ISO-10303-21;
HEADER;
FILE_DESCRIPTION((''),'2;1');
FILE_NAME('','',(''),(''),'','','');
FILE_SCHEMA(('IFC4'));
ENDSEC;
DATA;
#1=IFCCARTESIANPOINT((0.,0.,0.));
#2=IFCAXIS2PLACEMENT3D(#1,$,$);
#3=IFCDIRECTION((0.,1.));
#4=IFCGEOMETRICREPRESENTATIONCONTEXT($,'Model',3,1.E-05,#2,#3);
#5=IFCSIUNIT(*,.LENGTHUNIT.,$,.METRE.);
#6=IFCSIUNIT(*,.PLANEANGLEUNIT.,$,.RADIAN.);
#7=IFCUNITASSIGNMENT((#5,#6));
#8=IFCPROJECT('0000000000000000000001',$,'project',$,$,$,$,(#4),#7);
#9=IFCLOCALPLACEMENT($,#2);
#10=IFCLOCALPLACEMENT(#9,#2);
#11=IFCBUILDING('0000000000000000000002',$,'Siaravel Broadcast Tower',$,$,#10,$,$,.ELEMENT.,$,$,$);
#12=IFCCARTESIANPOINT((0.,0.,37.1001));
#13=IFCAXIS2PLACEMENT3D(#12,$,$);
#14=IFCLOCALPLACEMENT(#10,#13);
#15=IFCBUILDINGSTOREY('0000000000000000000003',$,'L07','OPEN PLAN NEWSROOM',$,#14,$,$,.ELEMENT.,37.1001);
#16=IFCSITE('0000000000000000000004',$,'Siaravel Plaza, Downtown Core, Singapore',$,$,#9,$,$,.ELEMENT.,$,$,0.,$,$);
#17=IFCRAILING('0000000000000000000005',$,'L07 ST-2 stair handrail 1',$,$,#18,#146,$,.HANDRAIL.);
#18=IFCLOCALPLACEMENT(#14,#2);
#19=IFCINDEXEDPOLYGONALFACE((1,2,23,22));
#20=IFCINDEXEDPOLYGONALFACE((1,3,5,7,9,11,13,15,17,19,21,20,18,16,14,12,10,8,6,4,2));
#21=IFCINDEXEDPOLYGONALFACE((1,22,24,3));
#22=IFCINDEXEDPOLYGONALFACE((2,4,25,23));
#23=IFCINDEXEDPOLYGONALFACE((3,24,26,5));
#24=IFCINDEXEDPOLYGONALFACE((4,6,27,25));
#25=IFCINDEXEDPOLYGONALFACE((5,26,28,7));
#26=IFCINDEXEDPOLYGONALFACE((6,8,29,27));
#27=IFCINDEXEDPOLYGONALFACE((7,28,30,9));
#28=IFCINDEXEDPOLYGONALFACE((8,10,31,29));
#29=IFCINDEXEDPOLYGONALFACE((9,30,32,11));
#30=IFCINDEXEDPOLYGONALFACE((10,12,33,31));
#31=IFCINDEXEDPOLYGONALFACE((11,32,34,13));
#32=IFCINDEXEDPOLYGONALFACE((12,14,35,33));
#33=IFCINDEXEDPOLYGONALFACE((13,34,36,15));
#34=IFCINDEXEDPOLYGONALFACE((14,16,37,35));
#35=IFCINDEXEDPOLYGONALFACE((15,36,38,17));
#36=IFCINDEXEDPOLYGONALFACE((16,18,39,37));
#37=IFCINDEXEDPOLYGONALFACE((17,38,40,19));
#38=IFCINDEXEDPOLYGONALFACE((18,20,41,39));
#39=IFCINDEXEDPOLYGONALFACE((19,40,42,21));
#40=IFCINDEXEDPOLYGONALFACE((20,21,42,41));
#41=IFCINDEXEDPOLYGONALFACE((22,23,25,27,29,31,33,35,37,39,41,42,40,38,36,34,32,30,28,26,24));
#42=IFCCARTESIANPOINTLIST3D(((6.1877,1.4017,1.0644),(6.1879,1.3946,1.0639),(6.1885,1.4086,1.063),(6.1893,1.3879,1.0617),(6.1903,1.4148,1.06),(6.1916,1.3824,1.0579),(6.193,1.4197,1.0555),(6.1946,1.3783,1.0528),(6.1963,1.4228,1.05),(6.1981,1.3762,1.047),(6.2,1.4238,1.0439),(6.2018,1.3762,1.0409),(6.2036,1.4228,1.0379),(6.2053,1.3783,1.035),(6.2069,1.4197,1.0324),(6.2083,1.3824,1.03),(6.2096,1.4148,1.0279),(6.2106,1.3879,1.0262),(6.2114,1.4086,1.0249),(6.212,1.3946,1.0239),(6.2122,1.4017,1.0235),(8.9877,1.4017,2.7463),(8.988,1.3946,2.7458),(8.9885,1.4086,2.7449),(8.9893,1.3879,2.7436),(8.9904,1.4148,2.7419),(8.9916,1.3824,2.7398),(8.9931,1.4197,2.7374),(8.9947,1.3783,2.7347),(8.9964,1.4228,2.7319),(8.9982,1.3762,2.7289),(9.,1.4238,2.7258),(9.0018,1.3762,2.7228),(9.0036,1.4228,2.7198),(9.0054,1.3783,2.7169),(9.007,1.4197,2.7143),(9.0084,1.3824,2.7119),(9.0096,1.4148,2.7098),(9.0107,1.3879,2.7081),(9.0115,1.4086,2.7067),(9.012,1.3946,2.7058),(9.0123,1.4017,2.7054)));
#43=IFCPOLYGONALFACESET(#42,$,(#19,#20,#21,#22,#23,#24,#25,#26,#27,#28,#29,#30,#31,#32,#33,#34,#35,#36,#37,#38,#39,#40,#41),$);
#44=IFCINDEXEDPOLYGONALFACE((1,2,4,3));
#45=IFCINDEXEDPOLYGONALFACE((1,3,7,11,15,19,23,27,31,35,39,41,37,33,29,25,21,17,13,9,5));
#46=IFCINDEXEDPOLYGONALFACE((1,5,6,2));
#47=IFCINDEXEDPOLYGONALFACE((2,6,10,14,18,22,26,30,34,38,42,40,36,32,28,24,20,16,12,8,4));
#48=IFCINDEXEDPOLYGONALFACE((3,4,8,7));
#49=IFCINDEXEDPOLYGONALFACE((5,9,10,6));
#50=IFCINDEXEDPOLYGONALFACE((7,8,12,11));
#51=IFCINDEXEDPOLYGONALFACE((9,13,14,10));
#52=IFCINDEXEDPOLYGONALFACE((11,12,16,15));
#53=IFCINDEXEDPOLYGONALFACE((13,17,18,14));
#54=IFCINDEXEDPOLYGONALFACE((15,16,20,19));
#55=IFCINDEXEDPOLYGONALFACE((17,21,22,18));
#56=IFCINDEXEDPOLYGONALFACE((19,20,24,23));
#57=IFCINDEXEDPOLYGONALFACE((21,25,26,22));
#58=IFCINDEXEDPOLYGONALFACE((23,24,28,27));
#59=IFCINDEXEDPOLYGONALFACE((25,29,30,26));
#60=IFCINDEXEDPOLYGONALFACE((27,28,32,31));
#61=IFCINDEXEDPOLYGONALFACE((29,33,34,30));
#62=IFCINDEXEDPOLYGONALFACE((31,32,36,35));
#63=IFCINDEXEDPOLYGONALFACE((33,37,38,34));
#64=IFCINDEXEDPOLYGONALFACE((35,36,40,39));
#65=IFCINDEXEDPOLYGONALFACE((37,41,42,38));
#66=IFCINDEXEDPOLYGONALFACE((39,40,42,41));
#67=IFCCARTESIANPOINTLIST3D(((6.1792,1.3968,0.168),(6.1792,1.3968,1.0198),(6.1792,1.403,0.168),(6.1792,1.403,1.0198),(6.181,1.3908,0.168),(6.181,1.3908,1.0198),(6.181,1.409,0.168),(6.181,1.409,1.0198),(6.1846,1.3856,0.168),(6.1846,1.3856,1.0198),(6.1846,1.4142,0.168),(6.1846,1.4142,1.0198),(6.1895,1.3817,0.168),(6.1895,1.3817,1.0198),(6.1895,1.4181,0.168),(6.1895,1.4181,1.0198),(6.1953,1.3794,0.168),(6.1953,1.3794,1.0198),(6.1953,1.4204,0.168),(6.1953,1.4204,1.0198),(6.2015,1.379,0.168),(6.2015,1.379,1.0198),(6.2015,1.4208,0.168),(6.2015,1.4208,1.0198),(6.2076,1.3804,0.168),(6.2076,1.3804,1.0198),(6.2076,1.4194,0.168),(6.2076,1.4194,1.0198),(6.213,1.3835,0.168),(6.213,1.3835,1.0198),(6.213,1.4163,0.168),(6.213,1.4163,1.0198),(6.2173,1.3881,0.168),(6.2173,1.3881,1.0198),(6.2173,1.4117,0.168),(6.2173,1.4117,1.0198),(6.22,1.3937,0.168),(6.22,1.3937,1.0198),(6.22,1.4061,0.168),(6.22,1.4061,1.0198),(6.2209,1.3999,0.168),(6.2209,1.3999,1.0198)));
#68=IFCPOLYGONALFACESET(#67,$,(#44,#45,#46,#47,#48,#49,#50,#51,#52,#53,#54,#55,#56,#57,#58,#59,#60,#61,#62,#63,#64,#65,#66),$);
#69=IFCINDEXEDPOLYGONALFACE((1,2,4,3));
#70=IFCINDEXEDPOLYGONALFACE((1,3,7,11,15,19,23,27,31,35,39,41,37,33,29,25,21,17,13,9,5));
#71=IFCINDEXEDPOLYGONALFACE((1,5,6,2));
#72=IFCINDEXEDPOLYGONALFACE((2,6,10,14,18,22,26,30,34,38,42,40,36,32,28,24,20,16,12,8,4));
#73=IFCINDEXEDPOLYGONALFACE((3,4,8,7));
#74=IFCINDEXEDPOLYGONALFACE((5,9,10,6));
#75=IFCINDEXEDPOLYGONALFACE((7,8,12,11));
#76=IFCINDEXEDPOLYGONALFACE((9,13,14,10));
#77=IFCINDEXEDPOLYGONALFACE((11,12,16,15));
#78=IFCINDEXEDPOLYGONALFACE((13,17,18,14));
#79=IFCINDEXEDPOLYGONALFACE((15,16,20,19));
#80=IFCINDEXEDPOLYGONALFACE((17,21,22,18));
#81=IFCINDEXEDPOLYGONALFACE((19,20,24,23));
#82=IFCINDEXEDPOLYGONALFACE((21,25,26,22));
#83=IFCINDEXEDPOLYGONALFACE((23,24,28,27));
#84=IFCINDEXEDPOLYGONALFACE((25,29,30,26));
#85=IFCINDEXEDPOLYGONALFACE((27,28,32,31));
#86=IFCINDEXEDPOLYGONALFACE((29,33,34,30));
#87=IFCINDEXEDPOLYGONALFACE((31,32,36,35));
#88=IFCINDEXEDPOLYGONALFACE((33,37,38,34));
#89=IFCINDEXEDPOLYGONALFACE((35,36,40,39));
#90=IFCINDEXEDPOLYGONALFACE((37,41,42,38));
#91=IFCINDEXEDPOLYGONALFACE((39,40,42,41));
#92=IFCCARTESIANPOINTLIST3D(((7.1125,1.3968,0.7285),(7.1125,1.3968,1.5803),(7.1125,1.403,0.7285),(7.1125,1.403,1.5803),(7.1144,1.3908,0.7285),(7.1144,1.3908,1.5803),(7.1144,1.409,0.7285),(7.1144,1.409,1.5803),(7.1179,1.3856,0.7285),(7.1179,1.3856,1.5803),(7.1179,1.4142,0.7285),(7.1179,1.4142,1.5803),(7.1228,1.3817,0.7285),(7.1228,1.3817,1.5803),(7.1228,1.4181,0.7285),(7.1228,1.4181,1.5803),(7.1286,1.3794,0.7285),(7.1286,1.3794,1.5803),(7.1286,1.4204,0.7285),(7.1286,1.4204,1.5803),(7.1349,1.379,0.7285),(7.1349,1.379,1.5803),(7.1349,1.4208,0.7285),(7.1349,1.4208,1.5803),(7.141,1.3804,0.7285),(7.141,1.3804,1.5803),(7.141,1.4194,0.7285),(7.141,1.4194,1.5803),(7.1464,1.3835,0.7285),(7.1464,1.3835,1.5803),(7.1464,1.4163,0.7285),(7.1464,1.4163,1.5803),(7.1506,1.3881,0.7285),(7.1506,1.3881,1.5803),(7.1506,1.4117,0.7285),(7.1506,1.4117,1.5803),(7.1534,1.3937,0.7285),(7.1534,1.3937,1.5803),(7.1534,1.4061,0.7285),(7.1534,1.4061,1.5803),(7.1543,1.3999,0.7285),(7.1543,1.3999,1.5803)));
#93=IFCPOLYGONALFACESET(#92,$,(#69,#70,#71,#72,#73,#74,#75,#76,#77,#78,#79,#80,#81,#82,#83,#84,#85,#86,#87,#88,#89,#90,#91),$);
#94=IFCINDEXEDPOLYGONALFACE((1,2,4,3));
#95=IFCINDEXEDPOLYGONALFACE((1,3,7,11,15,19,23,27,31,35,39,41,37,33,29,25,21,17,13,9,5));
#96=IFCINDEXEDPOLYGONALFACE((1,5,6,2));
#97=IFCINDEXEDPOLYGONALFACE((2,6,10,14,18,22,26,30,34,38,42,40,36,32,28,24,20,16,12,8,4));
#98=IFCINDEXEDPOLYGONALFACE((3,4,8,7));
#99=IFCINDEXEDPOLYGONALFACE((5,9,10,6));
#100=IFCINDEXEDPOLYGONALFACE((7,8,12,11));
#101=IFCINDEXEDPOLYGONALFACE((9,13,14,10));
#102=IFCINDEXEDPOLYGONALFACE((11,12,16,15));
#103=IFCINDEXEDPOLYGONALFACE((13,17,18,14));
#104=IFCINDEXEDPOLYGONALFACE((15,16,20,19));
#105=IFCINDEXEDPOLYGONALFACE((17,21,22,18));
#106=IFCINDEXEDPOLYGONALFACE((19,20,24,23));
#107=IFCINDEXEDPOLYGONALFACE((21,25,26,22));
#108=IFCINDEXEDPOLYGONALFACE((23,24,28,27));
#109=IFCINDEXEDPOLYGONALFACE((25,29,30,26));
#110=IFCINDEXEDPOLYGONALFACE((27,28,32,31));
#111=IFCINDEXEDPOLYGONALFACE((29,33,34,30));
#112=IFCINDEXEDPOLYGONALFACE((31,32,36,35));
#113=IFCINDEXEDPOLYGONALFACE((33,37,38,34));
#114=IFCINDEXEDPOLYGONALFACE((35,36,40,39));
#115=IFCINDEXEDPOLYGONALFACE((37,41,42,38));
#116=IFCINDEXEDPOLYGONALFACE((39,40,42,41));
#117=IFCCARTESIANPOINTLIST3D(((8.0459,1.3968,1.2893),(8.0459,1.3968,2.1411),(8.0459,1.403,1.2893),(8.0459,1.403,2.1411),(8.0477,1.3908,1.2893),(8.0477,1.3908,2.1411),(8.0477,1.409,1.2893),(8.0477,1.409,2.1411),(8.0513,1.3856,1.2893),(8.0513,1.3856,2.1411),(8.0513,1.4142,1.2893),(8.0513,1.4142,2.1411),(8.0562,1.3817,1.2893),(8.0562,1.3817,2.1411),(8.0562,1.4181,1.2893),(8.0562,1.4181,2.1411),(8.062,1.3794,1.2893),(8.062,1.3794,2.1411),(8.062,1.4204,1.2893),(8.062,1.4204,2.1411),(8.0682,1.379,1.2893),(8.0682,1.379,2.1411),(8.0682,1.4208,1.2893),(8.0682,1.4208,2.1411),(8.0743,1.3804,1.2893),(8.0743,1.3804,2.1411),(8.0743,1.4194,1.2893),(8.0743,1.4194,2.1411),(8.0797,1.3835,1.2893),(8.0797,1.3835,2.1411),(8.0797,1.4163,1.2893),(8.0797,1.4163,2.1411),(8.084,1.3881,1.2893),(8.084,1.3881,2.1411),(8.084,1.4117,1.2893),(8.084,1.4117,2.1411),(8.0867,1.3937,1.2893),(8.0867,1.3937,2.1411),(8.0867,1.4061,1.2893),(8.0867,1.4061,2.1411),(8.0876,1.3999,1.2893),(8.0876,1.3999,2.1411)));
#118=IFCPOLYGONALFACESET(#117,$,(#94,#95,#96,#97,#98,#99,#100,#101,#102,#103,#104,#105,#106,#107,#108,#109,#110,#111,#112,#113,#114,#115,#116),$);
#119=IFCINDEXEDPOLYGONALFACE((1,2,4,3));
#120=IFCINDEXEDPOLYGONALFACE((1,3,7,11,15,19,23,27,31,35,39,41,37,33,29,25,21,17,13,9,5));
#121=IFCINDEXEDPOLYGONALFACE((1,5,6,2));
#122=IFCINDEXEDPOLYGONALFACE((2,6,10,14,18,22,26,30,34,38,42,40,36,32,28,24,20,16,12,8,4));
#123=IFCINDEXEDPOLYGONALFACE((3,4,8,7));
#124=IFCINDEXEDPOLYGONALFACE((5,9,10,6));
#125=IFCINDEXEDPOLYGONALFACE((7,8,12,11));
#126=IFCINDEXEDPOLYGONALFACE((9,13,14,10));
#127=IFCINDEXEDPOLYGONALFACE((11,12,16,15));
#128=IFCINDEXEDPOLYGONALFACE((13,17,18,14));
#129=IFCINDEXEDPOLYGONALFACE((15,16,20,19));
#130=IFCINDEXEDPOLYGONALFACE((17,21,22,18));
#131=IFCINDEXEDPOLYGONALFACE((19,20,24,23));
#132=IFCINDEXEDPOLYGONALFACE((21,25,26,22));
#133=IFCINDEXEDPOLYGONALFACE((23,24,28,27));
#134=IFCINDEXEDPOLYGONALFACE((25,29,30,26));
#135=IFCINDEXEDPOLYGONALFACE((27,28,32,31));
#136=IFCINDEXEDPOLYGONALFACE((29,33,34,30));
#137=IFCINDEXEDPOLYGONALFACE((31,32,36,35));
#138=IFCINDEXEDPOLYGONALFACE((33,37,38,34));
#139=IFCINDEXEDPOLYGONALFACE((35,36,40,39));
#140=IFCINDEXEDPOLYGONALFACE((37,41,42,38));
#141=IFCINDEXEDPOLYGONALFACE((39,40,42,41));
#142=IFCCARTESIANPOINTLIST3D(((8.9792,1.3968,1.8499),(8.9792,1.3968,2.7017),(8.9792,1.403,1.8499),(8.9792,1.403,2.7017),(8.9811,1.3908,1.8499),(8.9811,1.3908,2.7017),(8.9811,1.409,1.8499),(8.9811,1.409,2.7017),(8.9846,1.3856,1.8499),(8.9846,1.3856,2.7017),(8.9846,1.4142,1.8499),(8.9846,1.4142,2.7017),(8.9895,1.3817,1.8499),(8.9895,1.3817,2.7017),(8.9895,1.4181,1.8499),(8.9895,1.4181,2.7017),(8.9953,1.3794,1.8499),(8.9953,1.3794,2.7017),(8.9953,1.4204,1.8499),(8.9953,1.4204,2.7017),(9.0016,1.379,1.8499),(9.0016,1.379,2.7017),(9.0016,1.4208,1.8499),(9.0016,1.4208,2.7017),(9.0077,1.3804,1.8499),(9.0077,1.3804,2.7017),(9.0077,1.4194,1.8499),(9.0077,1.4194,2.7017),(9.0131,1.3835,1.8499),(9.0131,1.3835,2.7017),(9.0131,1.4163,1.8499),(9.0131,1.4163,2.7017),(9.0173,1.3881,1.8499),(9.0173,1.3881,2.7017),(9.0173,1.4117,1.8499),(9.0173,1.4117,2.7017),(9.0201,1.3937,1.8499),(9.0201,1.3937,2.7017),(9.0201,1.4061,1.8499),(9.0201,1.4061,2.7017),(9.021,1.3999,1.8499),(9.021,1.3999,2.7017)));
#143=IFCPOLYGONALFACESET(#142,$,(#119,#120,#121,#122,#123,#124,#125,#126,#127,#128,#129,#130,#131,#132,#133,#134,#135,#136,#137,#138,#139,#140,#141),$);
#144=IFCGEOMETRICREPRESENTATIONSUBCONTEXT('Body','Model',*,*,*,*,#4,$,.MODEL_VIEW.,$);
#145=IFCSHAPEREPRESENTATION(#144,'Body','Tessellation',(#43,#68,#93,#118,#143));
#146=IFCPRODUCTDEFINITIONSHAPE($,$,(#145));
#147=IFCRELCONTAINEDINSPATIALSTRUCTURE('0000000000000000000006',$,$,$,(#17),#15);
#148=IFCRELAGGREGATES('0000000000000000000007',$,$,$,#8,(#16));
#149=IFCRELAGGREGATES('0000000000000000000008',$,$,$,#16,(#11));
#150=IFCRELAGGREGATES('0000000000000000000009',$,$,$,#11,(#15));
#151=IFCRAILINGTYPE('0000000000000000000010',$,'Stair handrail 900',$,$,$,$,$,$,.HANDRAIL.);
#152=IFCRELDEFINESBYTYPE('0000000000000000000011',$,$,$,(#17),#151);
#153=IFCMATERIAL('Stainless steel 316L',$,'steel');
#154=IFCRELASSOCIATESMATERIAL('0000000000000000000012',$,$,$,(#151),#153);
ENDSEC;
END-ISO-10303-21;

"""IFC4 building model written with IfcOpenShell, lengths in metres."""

from ifc_helpers import new_model, si_unit, direction, frame, origin, origin_2d, place, context, subcontext, project, spatial, circle, extrude, material, type_object, element, save


model = new_model("IFC4")

# Units and contexts
model_context = context("Model", 3, precision=1e-05, world=origin(), true_north=direction((0.0, 1.0)))
body_context = subcontext(model_context, "Body", "Model", "MODEL_VIEW")
ifc_project = project(units=[si_unit("LENGTHUNIT", "METRE"), si_unit("PLANEANGLEUNIT", "RADIAN")], contexts=[model_context])

# Site, building, storey
site_placement = place(None, origin())
site = spatial("IfcSite", under=ifc_project, at=site_placement, Name="Siaravel Plaza, Downtown Core, Singapore", CompositionType="ELEMENT", RefElevation=0.0)
building_placement = place(site_placement, origin())
building = spatial("IfcBuilding", under=site, at=building_placement, Name="Siaravel Broadcast Tower", CompositionType="ELEMENT")
storey_placement = place(building_placement, frame((0.0, 0.0, 37.1001)))
storey = spatial("IfcBuildingStorey", under=building, at=storey_placement, Name="L07", Description="OPEN PLAN NEWSROOM", CompositionType="ELEMENT", Elevation=37.1001)

# Railing
ifc_material_1 = material(Name="Stainless steel 316L", Category="steel")
railing_type_1 = type_object("IfcRailingType", Name="Stair handrail 900", PredefinedType="HANDRAIL", material=ifc_material_1)
railing_1_placement = place(storey_placement, frame((6.2, 1.3999, 0.168)))
element("IfcRailing", 1, at=railing_1_placement, inside=storey, type_object=railing_type_1, Name="L07 ST-2 stair handrail 1", PredefinedType="HANDRAIL", context=body_context, shape_type="SweptSolid", body=[
    extrude(circle(Radius=0.0239, at=origin_2d()), frame((0.0, 0.0, 0.876), z_axis=(0.857242, 0.0, 0.514913), x_axis=(0.0, 1.0, 0.0)), (0.0, 0.0, 1.0), 3.2664),
    extrude(circle(Radius=0.021, at=origin_2d()), origin(), (0.0, 0.0, 1.0), 0.8518),
    extrude(circle(Radius=0.021, at=origin_2d()), frame((0.9333, 0.0, 0.5605)), (0.0, 0.0, 1.0), 0.8518),
    extrude(circle(Radius=0.021, at=origin_2d()), frame((1.8667, 0.0, 1.1213)), (0.0, 0.0, 1.0), 0.8518),
    extrude(circle(Radius=0.021, at=origin_2d()), frame((2.8, 0.0, 1.6819)), (0.0, 0.0, 1.0), 0.8518),
])

save(model, "model.ifc")
